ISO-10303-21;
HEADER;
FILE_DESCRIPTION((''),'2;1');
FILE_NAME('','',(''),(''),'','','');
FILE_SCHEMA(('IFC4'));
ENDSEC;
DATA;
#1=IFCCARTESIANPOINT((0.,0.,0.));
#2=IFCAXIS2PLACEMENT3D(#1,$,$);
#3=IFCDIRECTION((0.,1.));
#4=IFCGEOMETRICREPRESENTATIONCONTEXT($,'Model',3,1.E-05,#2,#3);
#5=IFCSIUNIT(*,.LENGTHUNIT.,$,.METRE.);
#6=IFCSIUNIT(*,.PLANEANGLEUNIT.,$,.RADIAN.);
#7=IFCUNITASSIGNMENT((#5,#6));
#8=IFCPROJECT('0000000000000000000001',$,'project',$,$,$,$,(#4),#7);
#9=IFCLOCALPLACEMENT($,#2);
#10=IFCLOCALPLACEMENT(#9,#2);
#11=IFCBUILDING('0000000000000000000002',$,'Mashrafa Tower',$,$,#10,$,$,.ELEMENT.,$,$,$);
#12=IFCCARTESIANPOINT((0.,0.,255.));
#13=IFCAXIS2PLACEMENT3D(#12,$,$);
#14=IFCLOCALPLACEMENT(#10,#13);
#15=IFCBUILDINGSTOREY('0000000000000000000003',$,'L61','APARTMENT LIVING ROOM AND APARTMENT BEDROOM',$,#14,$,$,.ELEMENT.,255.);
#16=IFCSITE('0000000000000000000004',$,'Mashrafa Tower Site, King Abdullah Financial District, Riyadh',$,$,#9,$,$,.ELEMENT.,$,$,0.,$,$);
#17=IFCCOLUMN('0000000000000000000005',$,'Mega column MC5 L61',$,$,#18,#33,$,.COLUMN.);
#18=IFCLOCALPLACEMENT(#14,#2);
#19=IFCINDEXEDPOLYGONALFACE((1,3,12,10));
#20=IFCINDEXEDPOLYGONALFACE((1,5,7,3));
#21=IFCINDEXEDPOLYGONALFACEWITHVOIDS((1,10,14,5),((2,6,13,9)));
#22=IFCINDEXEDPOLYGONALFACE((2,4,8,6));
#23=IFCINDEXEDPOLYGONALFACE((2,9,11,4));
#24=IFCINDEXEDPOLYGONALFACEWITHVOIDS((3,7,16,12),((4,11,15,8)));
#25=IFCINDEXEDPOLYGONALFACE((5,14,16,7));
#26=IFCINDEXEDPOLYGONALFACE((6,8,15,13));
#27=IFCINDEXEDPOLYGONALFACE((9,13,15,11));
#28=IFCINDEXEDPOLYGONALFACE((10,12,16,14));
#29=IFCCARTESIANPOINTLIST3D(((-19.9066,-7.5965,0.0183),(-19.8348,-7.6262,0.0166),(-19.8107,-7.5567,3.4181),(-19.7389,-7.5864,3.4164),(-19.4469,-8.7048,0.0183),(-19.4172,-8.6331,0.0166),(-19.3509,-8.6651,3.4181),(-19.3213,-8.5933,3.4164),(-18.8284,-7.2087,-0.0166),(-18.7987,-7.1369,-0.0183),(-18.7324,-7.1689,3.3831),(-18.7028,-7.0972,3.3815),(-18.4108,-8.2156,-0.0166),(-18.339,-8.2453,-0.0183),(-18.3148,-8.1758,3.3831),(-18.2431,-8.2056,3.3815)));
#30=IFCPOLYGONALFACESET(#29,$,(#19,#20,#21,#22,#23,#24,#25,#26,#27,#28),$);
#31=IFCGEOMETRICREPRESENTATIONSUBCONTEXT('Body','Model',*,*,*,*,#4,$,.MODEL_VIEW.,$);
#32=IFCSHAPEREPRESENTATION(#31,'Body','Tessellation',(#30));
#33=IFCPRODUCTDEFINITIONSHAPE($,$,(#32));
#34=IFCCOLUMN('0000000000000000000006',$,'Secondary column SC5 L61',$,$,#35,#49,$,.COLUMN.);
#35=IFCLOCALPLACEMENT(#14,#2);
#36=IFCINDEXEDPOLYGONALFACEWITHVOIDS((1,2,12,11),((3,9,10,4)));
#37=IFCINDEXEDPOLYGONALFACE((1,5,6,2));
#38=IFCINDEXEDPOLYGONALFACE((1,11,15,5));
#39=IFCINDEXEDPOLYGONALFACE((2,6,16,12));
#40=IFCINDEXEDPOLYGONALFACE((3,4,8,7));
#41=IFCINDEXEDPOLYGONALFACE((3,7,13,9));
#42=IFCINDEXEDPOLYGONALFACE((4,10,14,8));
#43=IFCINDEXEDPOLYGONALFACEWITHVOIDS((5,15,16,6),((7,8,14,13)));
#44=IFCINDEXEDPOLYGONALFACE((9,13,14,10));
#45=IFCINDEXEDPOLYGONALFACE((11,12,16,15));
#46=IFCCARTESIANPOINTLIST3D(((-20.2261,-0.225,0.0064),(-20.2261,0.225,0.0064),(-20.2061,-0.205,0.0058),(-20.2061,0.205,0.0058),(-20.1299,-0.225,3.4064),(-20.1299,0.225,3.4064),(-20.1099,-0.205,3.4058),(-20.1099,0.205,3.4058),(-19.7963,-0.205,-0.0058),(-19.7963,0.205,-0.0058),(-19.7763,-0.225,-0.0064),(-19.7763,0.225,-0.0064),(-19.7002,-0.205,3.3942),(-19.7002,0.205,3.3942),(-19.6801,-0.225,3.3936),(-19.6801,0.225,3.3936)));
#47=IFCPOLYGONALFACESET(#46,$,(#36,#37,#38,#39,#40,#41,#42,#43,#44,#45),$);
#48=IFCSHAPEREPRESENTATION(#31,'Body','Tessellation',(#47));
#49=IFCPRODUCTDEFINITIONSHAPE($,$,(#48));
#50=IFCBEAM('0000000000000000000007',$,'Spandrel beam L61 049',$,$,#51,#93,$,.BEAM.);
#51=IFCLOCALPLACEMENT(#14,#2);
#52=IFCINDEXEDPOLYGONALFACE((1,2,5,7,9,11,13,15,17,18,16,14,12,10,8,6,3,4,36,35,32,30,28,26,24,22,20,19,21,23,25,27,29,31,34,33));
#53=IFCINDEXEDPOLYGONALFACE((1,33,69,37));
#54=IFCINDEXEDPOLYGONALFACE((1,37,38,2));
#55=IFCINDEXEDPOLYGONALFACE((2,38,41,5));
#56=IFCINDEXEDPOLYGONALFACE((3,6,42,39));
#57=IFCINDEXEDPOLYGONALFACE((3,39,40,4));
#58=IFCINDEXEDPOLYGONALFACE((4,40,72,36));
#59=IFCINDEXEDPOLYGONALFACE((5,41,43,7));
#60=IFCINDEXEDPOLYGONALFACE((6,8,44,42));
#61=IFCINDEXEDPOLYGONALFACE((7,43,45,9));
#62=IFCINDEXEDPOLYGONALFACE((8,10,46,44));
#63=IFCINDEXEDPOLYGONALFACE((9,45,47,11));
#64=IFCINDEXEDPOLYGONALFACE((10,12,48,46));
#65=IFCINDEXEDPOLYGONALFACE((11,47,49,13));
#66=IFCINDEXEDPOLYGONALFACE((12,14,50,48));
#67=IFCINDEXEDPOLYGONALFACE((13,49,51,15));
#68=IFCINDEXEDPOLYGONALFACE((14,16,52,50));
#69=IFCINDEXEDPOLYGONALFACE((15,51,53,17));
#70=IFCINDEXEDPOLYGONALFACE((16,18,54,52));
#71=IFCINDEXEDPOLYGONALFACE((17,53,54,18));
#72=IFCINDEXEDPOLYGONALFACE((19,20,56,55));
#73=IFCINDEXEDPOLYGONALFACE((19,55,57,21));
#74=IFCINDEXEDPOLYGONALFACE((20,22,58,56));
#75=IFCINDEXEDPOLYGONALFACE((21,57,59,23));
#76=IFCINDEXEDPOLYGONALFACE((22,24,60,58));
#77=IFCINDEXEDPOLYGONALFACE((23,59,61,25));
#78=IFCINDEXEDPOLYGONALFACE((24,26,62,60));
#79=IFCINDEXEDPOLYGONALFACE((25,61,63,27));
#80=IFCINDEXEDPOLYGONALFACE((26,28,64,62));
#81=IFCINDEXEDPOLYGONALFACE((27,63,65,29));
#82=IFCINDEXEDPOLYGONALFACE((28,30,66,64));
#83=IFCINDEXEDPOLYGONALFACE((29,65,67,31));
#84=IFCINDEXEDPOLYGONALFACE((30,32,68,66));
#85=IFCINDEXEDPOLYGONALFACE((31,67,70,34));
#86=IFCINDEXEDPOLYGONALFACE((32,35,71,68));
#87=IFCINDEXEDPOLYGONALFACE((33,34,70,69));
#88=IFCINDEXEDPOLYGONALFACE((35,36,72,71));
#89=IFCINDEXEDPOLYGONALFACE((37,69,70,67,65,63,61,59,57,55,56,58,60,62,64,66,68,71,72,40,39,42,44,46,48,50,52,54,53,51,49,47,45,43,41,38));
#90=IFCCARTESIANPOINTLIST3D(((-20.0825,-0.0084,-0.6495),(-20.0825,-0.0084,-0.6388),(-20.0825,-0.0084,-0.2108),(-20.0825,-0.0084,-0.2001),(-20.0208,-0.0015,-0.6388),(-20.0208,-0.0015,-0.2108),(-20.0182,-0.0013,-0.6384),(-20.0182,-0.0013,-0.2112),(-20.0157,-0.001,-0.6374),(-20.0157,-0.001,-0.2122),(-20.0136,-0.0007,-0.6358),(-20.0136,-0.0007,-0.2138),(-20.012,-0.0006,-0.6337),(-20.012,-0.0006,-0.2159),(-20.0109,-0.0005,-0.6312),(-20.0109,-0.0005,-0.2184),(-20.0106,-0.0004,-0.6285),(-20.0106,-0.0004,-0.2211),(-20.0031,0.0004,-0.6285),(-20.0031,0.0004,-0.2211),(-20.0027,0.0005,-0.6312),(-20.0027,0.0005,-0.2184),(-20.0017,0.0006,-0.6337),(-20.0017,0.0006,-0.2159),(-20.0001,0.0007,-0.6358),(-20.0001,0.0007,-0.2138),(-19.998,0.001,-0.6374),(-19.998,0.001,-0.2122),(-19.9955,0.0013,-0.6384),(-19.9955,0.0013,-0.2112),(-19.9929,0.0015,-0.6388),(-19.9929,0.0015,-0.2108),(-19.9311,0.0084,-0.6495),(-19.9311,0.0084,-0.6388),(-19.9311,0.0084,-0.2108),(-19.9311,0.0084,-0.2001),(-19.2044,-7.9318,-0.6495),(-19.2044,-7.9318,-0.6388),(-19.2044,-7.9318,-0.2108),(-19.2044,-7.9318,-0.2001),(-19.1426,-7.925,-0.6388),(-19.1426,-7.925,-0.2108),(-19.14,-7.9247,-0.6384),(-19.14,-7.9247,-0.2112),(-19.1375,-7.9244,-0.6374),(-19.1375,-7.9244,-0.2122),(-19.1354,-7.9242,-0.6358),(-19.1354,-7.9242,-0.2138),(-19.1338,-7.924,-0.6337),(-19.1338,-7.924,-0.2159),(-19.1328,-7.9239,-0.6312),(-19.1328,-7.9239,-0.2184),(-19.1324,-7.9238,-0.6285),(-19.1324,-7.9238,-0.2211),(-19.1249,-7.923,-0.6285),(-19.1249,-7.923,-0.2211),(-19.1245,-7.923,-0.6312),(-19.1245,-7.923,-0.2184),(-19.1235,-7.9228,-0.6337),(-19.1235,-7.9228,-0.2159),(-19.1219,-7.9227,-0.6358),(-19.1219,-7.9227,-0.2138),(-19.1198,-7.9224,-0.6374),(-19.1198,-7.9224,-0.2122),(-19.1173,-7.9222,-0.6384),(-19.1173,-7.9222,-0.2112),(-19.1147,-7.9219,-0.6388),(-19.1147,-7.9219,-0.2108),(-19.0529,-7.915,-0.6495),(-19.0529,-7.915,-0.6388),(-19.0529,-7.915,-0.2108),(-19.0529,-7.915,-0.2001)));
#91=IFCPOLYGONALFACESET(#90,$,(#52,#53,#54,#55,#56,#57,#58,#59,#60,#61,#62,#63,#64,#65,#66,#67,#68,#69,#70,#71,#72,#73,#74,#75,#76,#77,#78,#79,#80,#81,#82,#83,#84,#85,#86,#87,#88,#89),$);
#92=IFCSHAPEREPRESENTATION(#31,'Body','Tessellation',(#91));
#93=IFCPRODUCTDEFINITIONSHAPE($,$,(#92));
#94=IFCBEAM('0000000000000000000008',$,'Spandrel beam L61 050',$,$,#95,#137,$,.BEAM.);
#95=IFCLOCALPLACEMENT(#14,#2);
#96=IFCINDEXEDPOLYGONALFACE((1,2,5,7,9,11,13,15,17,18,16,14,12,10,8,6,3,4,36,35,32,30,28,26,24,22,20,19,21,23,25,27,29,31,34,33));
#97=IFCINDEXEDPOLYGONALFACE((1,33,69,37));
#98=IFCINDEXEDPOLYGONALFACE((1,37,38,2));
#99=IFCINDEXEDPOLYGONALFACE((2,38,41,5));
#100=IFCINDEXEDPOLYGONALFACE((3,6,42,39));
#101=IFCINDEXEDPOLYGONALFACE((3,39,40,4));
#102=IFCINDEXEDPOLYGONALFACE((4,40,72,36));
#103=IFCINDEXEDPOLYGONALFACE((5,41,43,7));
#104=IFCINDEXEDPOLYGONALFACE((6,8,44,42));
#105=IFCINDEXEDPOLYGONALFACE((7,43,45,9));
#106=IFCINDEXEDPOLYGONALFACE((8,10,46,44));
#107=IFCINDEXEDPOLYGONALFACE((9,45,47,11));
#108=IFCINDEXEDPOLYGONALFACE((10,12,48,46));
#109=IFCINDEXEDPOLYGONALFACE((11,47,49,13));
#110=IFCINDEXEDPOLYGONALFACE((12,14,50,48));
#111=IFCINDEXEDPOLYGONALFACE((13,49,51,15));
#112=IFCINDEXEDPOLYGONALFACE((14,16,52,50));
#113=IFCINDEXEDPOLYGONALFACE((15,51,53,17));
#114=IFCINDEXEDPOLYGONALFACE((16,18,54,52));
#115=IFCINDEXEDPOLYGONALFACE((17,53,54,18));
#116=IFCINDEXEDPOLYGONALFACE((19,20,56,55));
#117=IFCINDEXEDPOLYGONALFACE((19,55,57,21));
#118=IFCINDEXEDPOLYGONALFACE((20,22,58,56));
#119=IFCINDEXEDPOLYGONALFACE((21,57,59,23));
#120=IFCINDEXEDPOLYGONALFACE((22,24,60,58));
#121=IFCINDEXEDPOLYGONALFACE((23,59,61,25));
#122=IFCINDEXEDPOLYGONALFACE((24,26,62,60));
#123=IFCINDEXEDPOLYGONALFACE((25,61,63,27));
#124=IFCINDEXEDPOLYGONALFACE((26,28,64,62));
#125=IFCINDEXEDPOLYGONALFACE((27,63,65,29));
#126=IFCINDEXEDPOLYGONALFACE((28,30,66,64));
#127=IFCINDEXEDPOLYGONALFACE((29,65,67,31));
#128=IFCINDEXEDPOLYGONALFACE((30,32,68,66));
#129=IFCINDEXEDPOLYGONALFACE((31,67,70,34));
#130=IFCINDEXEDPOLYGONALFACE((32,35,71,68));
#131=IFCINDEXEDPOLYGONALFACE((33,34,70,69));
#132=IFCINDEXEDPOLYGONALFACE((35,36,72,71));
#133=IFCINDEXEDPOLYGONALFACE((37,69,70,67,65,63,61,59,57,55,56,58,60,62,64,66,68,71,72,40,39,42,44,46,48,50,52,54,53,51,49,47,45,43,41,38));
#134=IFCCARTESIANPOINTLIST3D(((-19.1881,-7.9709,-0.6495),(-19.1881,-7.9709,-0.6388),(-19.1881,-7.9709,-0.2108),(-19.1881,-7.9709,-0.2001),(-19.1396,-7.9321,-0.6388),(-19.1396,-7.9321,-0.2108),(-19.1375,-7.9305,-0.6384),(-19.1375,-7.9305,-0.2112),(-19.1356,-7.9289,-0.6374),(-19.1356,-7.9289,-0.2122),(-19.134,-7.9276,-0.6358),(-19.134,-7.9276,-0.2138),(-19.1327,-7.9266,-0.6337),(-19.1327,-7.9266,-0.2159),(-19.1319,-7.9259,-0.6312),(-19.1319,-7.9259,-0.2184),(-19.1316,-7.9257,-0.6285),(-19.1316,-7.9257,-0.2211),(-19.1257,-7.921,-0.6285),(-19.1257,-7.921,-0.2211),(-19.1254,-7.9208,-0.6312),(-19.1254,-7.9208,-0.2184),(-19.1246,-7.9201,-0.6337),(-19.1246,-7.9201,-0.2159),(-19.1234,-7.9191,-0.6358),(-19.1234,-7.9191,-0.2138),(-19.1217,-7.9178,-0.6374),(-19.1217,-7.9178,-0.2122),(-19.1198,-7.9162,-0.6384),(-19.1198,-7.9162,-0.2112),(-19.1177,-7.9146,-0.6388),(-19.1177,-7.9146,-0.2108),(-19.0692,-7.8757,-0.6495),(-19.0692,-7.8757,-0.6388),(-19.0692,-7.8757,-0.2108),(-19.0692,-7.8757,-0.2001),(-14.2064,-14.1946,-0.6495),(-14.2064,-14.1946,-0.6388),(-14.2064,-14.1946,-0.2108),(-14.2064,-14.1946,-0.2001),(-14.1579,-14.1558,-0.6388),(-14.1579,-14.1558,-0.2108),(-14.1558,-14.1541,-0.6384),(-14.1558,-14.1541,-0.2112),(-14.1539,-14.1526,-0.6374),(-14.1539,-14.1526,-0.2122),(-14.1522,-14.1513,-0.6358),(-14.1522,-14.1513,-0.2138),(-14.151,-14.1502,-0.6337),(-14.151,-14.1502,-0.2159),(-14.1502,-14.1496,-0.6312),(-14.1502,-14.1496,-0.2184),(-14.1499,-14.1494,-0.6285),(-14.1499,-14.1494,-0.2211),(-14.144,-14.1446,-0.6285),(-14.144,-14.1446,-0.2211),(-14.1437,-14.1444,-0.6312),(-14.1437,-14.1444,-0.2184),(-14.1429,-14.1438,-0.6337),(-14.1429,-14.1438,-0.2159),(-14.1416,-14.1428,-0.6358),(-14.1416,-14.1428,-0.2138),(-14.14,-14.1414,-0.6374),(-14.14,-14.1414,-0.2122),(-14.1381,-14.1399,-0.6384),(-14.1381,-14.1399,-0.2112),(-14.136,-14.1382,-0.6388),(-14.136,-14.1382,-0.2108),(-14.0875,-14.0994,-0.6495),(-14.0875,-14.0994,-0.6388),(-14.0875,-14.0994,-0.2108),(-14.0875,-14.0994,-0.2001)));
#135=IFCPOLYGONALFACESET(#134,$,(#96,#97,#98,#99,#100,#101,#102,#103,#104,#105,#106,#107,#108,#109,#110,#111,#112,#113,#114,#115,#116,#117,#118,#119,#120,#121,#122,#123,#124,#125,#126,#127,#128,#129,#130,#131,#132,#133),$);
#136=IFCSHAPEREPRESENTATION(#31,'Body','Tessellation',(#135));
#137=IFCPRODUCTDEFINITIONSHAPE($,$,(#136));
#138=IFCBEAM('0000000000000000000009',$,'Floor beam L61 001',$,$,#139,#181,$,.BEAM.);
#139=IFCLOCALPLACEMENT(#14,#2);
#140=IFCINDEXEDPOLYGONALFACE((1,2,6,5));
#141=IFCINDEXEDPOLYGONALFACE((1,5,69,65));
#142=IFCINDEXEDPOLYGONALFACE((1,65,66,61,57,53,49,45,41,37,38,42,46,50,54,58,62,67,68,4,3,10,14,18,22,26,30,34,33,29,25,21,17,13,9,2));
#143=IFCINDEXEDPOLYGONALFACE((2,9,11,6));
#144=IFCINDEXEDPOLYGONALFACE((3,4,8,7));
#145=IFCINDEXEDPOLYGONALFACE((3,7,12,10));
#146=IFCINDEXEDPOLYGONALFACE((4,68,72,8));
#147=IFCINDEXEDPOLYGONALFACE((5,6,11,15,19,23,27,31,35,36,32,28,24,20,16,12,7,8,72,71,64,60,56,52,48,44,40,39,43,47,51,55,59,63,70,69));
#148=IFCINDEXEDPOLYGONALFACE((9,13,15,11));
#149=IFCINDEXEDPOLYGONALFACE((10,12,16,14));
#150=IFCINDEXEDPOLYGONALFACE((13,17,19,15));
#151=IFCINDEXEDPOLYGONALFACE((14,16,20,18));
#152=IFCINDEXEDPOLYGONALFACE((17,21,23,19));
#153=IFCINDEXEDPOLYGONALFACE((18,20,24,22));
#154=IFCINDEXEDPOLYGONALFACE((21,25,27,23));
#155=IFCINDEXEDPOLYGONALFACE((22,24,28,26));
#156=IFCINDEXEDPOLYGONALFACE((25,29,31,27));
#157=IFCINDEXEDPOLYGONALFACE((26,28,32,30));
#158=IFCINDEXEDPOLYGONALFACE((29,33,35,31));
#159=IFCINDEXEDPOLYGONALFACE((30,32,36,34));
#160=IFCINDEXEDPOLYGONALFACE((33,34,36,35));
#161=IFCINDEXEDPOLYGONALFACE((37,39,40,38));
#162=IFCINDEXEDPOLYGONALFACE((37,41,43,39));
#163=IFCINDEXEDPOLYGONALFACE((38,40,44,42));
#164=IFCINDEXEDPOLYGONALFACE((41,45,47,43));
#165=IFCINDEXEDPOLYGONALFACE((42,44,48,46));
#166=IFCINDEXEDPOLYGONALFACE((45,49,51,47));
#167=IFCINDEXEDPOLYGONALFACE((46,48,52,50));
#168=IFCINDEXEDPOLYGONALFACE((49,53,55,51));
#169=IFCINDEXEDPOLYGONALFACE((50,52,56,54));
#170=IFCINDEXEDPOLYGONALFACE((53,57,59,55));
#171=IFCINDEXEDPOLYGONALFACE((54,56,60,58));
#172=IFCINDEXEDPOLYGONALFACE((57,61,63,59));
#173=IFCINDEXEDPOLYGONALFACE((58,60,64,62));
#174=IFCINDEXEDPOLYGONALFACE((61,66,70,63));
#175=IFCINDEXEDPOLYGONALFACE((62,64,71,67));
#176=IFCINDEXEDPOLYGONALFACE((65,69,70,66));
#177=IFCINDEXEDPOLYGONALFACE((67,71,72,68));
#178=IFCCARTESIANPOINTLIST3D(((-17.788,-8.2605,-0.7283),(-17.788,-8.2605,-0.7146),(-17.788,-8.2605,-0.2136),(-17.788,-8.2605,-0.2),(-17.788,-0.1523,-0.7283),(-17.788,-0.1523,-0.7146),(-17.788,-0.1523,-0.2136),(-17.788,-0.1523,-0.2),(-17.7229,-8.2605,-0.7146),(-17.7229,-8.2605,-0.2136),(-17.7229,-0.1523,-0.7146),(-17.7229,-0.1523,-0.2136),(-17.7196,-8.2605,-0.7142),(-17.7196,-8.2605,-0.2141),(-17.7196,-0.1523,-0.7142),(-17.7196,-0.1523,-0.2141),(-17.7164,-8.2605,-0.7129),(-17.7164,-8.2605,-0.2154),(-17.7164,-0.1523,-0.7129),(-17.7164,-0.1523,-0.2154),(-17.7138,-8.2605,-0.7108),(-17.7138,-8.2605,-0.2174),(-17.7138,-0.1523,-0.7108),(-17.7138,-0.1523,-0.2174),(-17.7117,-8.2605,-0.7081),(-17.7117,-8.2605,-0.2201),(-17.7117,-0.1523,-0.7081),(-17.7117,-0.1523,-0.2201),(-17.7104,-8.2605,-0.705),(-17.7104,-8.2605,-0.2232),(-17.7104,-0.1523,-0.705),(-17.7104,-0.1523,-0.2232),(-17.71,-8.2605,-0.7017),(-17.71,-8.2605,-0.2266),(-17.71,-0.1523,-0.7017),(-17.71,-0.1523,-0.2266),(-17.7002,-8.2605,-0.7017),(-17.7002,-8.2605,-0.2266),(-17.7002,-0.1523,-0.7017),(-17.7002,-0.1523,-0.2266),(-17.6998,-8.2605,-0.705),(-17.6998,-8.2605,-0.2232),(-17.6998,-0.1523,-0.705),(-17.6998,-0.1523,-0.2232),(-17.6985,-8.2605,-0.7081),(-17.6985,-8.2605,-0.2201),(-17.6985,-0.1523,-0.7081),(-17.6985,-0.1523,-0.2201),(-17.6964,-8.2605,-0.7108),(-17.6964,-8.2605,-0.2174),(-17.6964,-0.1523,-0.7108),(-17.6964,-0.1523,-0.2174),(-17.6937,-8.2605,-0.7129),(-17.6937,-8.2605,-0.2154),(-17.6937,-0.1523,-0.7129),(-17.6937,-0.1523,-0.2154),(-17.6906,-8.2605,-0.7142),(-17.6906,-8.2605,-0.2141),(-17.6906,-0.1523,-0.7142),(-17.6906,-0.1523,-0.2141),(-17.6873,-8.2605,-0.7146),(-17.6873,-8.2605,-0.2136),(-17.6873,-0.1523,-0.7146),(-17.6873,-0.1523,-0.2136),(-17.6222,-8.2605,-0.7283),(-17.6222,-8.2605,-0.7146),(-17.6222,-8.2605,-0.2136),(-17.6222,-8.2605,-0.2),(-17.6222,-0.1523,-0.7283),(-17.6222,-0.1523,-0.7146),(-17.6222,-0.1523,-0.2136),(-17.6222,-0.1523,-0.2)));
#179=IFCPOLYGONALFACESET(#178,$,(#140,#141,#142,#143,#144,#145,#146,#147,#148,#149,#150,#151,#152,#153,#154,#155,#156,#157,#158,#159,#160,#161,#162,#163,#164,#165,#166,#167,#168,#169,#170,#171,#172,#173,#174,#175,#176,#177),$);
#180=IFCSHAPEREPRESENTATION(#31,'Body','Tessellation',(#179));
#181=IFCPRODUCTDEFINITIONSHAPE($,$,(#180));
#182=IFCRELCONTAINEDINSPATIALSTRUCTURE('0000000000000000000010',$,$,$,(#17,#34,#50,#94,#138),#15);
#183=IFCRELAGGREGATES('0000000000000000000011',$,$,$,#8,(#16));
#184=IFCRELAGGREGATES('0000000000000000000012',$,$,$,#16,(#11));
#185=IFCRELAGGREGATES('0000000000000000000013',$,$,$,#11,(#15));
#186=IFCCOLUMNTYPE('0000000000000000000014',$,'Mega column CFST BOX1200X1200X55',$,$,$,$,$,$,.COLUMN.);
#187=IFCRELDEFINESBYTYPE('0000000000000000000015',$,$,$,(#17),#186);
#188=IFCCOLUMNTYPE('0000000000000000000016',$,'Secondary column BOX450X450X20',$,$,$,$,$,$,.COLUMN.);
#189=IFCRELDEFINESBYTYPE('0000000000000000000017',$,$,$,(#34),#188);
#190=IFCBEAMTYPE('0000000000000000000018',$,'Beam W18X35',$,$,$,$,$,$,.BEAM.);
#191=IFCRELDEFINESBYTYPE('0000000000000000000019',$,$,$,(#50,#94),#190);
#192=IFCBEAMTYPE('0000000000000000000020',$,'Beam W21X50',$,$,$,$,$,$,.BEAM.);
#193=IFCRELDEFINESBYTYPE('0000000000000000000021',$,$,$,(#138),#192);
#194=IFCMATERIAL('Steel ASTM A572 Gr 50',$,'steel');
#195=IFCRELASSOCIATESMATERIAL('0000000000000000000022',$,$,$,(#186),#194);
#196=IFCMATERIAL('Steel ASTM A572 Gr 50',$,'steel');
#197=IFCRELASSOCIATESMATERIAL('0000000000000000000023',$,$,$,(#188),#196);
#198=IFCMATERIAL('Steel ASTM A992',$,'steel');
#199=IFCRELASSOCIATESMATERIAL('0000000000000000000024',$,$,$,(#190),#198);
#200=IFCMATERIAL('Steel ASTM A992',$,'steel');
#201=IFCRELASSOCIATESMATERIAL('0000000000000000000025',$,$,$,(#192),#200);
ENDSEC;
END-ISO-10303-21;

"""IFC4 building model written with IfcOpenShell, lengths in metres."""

from ifc_helpers import new_model, si_unit, direction, frame, origin, origin_2d, place, context, subcontext, project, spatial, hollow_rectangle, i_section, extrude, material, material_profile, profile_set, type_object, element, save


model = new_model("IFC4")

# Units and contexts
model_context = context("Model", 3, precision=1e-05, world=origin(), true_north=direction((0.0, 1.0)))
body_context = subcontext(model_context, "Body", "Model", "MODEL_VIEW")
ifc_project = project(units=[si_unit("LENGTHUNIT", "METRE"), si_unit("PLANEANGLEUNIT", "RADIAN")], contexts=[model_context])

# Site, building, storey
site_placement = place(None, origin())
site = spatial("IfcSite", under=ifc_project, at=site_placement, Name="Mashrafa Tower Site, King Abdullah Financial District, Riyadh", CompositionType="ELEMENT", RefElevation=0.0)
building_placement = place(site_placement, origin())
building = spatial("IfcBuilding", under=site, at=building_placement, Name="Mashrafa Tower", CompositionType="ELEMENT")
storey_placement = place(building_placement, frame((0.0, 0.0, 255.0)))
storey = spatial("IfcBuildingStorey", under=building, at=storey_placement, Name="L61", Description="APARTMENT LIVING ROOM AND APARTMENT BEDROOM", CompositionType="ELEMENT", Elevation=255.0)

# Columns
ifc_material_1 = material(Name="Steel ASTM A572 Gr 50", Category="steel")
ifc_material_profile_1 = material_profile(ifc_material_1, hollow_rectangle(XDim=1.2, YDim=1.2, WallThickness=0.0549, at=origin_2d()), Name="BOX1200X1200X55")
ifc_profile_set_1 = profile_set([ifc_material_profile_1], Name="Steel ASTM A572 Gr 50")
column_type_1 = type_object("IfcColumnType", Name="Mega column CFST BOX1200X1200X55", PredefinedType="COLUMN", material=ifc_profile_set_1)
column_1_placement = place(storey_placement, frame((-19.1228, -7.9209, 0.0), z_axis=(0.028207, 0.011699, 0.999534), x_axis=(-0.383113, 0.923702, 0.0)))
element("IfcColumn", 1, at=column_1_placement, inside=storey, type_object=column_type_1, Name="Mega column MC5 L61", PredefinedType="COLUMN", context=body_context, shape_type="SweptSolid", body=[
    extrude(hollow_rectangle(XDim=1.2, YDim=1.2, WallThickness=0.0549, at=origin_2d()), origin(), (0.0, 0.0, 1.0), 3.4014),
])
ifc_material_2 = material(Name="Steel ASTM A572 Gr 50", Category="steel")
ifc_material_profile_2 = material_profile(ifc_material_2, hollow_rectangle(XDim=0.45, YDim=0.45, WallThickness=0.02, at=origin_2d()), Name="BOX450X450X20")
ifc_profile_set_2 = profile_set([ifc_material_profile_2], Name="Steel ASTM A572 Gr 50")
column_type_2 = type_object("IfcColumnType", Name="Secondary column BOX450X450X20", PredefinedType="COLUMN", material=ifc_profile_set_2)
column_2_placement = place(storey_placement, frame((-20.0012, 0.0, 0.0), z_axis=(0.028281, 0.0, 0.9996), x_axis=(0.0, 1.0, 0.0)))
element("IfcColumn", 2, at=column_2_placement, inside=storey, type_object=column_type_2, Name="Secondary column SC5 L61", PredefinedType="COLUMN", context=body_context, shape_type="SweptSolid", body=[
    extrude(hollow_rectangle(XDim=0.45, YDim=0.45, WallThickness=0.02, at=origin_2d()), origin(), (0.0, 0.0, 1.0), 3.4014),
])

# Beams
ifc_material_3 = material(Name="Steel ASTM A992", Category="steel")
ifc_material_profile_3 = material_profile(ifc_material_3, i_section(OverallWidth=0.1523, OverallDepth=0.4495, WebThickness=0.0076, FlangeThickness=0.0107, FilletRadius=0.0103, at=origin_2d()), Name="W18X35")
ifc_profile_set_3 = profile_set([ifc_material_profile_3], Name="Steel ASTM A992")
beam_type_1 = type_object("IfcBeamType", Name="Beam W18X35", PredefinedType="BEAM", material=ifc_profile_set_3)
for number, where, z_axis, x_axis, name in (
    (3, (-20.0068, 0.0, -0.4248), (0.110159, -0.993914, 0.0), (0.993914, 0.110159, 0.0), "Spandrel beam L61 049"),
    (4, (-19.1287, -7.9233, -0.4248), (0.624908, -0.780698, 0.0), (0.780698, 0.624908, 0.0), "Spandrel beam L61 050"),
):
    element("IfcBeam", number, at=place(storey_placement, frame(where, z_axis=z_axis, x_axis=x_axis)), inside=storey, type_object=beam_type_1, Name=name, PredefinedType="BEAM", context=body_context, shape_type="SweptSolid", body=[
        extrude(i_section(OverallWidth=0.1523, OverallDepth=0.4495, WebThickness=0.0076, FlangeThickness=0.0107, FilletRadius=0.0103, at=origin_2d()), origin(), (0.0, 0.0, 1.0), 7.9719),
    ])
ifc_material_4 = material(Name="Steel ASTM A992", Category="steel")
ifc_material_profile_4 = material_profile(ifc_material_4, i_section(OverallWidth=0.1658, OverallDepth=0.5283, WebThickness=0.0098, FlangeThickness=0.0137, FilletRadius=0.0129, at=origin_2d()), Name="W21X50")
ifc_profile_set_4 = profile_set([ifc_material_profile_4], Name="Steel ASTM A992")
beam_type_2 = type_object("IfcBeamType", Name="Beam W21X50", PredefinedType="BEAM", material=ifc_profile_set_4)
beam_placement = place(storey_placement, frame((-17.7051, -8.2605, -0.4641), z_axis=(0.0, 1.0, 0.0), x_axis=(-1.0, 0.0, 0.0)))
element("IfcBeam", 5, at=beam_placement, inside=storey, type_object=beam_type_2, Name="Floor beam L61 001", PredefinedType="BEAM", context=body_context, shape_type="SweptSolid", body=[
    extrude(i_section(OverallWidth=0.1658, OverallDepth=0.5283, WebThickness=0.0098, FlangeThickness=0.0137, FilletRadius=0.0129, at=origin_2d()), origin(), (0.0, 0.0, 1.0), 8.1082),
])

save(model, "model.ifc")
